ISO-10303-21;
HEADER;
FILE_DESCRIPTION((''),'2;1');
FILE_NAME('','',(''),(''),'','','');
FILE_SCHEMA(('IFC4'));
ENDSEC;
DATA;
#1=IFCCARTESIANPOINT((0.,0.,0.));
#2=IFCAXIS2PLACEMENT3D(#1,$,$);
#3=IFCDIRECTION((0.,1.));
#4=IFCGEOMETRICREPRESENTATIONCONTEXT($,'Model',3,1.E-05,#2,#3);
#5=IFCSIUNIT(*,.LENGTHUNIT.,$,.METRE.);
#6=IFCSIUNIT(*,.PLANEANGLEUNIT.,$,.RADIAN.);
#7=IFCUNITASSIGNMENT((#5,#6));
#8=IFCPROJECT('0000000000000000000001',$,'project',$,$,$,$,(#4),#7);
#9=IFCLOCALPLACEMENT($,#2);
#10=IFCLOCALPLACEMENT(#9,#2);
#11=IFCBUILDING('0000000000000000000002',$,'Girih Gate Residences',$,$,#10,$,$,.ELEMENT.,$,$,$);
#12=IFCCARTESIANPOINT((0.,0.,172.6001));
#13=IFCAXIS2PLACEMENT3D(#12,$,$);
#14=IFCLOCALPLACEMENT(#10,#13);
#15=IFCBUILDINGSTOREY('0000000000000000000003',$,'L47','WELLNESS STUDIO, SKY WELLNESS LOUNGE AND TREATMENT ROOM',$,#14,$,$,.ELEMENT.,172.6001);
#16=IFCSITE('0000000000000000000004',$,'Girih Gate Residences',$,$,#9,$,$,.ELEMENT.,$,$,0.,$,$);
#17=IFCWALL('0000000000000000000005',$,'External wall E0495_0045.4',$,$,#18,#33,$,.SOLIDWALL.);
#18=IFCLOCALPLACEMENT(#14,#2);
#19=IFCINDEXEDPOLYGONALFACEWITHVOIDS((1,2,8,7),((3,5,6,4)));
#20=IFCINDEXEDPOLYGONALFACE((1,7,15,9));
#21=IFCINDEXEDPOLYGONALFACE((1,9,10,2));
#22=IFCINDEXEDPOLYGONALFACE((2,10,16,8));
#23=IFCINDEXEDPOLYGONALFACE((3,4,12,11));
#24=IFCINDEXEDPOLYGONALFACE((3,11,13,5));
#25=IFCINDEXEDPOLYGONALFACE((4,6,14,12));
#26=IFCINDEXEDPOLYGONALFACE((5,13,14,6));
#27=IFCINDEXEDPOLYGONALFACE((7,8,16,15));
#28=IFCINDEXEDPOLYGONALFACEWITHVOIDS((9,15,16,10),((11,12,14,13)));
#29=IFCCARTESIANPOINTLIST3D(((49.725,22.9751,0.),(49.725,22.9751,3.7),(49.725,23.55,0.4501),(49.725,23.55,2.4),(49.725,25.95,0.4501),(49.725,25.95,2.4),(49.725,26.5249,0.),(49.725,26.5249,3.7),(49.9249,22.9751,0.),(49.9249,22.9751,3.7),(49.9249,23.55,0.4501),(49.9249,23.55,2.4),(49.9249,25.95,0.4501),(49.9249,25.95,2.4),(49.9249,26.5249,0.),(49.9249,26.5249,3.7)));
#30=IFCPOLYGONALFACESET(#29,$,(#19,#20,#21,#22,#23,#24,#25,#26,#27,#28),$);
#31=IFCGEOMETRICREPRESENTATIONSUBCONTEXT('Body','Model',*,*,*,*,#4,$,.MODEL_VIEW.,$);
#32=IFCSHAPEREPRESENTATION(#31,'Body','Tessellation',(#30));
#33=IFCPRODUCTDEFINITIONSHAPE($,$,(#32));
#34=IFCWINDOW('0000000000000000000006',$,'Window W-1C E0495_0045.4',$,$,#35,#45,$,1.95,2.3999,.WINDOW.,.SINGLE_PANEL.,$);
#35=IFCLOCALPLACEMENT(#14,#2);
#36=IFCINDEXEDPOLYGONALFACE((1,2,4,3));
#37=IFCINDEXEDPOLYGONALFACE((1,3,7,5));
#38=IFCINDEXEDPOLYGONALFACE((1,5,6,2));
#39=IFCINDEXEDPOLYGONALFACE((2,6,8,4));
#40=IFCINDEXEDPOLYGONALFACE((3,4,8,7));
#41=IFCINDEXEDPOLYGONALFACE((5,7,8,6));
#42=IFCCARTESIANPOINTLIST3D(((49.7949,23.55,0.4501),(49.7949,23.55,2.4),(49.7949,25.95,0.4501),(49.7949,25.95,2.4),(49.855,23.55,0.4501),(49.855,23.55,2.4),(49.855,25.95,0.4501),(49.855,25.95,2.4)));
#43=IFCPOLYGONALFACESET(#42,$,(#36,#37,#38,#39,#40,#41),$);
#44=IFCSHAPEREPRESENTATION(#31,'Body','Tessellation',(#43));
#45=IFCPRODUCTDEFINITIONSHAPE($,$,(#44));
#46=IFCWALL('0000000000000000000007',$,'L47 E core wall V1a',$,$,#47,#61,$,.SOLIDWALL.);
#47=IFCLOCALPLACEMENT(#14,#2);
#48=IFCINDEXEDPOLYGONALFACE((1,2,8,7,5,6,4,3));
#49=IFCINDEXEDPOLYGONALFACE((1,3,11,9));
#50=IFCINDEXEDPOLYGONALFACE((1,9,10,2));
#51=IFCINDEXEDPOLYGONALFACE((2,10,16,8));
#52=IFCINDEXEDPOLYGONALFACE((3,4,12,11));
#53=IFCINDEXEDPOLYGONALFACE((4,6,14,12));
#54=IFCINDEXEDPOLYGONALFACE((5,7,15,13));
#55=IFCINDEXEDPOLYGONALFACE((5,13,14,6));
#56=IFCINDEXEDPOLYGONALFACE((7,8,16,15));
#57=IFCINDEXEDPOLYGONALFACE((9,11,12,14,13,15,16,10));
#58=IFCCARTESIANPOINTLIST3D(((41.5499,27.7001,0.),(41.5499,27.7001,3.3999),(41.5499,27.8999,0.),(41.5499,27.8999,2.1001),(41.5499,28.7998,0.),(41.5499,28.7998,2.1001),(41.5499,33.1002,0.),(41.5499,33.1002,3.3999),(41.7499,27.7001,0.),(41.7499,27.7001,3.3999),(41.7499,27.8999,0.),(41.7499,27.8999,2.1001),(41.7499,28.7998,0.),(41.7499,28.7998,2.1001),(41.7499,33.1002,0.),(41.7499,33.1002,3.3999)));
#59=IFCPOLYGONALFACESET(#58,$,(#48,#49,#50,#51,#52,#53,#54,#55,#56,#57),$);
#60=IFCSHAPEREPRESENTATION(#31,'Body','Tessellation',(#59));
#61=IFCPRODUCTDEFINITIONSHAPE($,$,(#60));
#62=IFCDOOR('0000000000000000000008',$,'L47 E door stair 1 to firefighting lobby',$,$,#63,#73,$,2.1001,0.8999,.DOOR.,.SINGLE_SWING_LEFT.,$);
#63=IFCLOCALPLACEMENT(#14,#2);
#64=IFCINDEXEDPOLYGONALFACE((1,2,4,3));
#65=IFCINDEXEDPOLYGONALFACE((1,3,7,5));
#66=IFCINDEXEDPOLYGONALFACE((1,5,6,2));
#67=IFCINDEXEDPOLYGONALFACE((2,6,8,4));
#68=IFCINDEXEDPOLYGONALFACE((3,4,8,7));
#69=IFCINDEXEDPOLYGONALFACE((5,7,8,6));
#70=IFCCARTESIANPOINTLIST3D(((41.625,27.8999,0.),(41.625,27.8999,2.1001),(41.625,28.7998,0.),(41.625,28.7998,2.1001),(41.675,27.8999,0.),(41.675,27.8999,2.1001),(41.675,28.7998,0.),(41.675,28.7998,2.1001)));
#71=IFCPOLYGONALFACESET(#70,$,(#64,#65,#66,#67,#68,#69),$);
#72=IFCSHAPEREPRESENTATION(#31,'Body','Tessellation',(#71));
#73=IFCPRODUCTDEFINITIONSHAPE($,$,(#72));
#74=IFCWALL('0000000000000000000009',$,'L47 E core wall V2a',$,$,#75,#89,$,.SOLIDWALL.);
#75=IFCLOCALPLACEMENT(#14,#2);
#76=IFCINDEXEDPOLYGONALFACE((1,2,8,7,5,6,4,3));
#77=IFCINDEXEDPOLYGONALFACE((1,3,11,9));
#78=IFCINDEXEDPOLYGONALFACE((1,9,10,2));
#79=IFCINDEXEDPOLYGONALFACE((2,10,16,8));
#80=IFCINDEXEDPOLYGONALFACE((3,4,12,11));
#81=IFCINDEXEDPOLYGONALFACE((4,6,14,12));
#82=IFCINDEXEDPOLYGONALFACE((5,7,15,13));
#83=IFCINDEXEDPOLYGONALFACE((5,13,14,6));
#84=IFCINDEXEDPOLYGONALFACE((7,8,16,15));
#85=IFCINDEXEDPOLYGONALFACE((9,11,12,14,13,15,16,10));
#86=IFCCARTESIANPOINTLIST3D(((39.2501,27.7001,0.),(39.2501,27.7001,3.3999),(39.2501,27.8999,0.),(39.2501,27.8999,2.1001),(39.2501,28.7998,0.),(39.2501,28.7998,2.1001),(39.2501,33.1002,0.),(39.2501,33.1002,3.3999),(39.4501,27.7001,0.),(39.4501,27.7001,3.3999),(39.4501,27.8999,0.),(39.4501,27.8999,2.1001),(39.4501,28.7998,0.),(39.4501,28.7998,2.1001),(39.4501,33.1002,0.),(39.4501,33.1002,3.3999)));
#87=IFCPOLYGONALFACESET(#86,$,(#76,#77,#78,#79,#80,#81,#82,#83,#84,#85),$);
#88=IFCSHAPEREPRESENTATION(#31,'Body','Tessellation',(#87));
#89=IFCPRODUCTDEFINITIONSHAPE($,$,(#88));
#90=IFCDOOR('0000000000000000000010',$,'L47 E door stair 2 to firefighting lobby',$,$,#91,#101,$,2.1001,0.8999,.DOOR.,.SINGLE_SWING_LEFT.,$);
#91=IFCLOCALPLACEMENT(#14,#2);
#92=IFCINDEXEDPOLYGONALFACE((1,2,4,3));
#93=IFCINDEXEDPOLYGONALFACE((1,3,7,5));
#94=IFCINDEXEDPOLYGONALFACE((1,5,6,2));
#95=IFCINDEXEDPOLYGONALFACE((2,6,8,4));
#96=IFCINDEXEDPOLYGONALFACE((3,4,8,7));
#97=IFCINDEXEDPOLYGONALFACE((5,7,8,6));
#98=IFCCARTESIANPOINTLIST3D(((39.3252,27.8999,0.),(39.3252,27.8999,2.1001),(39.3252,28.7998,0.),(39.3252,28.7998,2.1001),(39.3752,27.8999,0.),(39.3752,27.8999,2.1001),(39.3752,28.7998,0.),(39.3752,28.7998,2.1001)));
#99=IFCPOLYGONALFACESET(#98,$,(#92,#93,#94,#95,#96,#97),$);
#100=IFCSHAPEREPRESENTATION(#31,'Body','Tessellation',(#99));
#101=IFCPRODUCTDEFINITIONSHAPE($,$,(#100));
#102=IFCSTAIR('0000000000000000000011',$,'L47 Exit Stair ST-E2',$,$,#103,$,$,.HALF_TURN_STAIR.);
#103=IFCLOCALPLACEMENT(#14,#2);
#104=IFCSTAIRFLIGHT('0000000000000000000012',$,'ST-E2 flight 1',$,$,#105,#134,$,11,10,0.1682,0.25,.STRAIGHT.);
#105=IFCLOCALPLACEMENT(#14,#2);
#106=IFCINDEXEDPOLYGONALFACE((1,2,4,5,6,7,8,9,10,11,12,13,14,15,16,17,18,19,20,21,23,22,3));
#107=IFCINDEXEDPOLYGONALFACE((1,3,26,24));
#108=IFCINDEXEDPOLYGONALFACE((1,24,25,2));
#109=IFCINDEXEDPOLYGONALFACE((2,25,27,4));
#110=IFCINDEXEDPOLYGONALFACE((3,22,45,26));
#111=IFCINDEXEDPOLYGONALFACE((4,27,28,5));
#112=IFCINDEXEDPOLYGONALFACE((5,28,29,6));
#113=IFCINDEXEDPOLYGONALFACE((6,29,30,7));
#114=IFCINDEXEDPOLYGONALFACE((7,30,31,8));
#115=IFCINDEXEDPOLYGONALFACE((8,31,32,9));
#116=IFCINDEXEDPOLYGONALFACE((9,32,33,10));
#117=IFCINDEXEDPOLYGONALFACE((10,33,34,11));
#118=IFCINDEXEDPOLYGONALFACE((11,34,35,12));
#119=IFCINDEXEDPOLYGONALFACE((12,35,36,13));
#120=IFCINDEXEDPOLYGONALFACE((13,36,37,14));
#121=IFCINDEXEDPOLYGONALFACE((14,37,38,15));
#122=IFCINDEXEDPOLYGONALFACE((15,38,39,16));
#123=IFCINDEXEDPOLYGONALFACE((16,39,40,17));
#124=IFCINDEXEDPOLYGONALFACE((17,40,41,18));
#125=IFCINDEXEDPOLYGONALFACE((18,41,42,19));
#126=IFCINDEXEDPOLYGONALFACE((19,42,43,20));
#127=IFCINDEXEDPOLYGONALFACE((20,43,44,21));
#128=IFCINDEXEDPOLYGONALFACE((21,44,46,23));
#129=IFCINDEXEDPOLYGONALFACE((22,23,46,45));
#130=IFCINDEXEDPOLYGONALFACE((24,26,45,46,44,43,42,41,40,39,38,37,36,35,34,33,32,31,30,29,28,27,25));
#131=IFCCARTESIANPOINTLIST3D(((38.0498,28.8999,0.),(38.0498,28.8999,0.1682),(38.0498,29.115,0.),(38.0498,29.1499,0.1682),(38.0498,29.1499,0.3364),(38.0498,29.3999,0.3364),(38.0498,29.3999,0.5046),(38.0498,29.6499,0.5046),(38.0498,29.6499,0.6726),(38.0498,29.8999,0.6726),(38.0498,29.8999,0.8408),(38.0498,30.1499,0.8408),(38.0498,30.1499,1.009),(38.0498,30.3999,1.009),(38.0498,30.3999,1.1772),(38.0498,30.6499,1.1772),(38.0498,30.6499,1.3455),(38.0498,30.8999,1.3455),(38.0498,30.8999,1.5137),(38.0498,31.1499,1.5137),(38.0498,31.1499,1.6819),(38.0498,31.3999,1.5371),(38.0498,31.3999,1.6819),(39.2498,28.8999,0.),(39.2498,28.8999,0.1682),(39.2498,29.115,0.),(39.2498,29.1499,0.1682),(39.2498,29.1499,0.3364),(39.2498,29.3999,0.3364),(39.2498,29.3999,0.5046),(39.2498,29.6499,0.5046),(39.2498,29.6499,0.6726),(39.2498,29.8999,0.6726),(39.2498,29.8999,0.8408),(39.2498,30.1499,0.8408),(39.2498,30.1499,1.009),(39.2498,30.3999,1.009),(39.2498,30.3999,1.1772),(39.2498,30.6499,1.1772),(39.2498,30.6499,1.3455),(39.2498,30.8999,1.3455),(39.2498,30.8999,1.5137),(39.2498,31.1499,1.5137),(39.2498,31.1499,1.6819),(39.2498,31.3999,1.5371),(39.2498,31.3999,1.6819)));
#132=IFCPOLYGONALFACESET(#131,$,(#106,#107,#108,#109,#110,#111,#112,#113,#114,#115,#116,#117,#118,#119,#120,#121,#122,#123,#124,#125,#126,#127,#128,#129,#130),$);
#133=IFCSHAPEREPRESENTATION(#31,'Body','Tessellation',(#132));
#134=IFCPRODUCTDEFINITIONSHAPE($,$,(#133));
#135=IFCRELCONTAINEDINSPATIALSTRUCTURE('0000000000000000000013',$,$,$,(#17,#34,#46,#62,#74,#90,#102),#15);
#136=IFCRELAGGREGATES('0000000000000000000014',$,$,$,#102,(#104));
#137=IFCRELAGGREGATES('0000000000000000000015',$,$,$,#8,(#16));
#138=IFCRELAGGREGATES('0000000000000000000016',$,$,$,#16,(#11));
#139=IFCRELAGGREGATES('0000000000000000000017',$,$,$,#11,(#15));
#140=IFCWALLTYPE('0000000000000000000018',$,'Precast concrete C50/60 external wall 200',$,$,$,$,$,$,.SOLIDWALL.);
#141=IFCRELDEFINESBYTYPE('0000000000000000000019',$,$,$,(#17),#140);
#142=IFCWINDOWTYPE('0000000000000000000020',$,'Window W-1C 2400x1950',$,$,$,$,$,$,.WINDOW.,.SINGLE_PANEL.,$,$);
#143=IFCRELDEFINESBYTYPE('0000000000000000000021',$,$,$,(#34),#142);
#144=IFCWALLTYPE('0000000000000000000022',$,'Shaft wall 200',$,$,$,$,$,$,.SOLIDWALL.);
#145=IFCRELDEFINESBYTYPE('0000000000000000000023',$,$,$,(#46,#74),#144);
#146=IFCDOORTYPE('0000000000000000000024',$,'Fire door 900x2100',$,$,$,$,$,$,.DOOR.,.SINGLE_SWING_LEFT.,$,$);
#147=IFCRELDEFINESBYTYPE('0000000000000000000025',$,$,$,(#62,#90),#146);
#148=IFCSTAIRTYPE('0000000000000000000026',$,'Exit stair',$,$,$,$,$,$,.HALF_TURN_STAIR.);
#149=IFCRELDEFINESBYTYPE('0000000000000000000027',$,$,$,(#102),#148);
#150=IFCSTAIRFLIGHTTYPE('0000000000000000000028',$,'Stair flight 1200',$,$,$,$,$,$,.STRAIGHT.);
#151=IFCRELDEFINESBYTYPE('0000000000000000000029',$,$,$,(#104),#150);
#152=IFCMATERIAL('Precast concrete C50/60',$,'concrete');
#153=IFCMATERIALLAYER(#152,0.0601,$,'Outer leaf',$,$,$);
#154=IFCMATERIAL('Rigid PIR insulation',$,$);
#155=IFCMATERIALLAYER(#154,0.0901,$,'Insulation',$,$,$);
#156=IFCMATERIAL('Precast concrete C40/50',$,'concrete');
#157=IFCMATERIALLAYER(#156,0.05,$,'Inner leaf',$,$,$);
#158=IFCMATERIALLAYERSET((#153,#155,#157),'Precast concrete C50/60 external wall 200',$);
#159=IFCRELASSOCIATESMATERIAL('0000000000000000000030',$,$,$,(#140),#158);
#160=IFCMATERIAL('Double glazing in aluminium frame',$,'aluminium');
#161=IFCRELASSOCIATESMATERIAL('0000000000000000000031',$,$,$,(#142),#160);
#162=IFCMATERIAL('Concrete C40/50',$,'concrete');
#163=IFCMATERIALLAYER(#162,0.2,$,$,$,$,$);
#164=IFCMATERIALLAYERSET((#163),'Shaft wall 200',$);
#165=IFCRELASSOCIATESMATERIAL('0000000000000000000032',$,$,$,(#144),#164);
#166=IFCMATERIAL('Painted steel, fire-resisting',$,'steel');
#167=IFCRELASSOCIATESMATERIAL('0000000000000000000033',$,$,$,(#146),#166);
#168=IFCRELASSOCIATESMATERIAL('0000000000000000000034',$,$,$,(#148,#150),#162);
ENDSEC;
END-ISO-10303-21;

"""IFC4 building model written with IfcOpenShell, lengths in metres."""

from ifc_helpers import new_model, si_unit, direction, frame, frame_2d, origin, place, context, subcontext, project, spatial, polyline, rectangle, outline, extrude, material, layer, layer_set, type_object, element, fill, aggregate, save


model = new_model("IFC4")

# Units and contexts
model_context = context("Model", 3, precision=1e-05, world=origin(), true_north=direction((0.0, 1.0)))
body_context = subcontext(model_context, "Body", "Model", "MODEL_VIEW")
ifc_project = project(units=[si_unit("LENGTHUNIT", "METRE"), si_unit("PLANEANGLEUNIT", "RADIAN")], contexts=[model_context])

# Site, building, storey
site_placement = place(None, origin())
site = spatial("IfcSite", under=ifc_project, at=site_placement, Name="Girih Gate Residences", CompositionType="ELEMENT", RefElevation=0.0)
building_placement = place(site_placement, origin())
building = spatial("IfcBuilding", under=site, at=building_placement, Name="Girih Gate Residences", CompositionType="ELEMENT")
storey_placement = place(building_placement, frame((0.0, 0.0, 172.6001)))
storey = spatial("IfcBuildingStorey", under=building, at=storey_placement, Name="L47", Description="WELLNESS STUDIO, SKY WELLNESS LOUNGE AND TREATMENT ROOM", CompositionType="ELEMENT", Elevation=172.6001)

# Shared definitions
ifc_material_1 = material(Name="Painted steel, fire-resisting", Category="steel")

# Wall, opening, window
ifc_material_2 = material(Name="Precast concrete C50/60", Category="concrete")
ifc_layer_1 = layer(ifc_material_2, 0.0601, Name="Outer leaf")
ifc_material_3 = material(Name="Rigid PIR insulation")
ifc_layer_2 = layer(ifc_material_3, 0.0901, Name="Insulation")
ifc_material_4 = material(Name="Precast concrete C40/50", Category="concrete")
ifc_layer_3 = layer(ifc_material_4, 0.05, Name="Inner leaf")
ifc_layer_set_1 = layer_set([ifc_layer_1, ifc_layer_2, ifc_layer_3], Name="Precast concrete C50/60 external wall 200")
wall_type_1 = type_object("IfcWallType", Name="Precast concrete C50/60 external wall 200", PredefinedType="SOLIDWALL", material=ifc_layer_set_1)
wall_1_placement = place(storey_placement, frame((49.825, 26.5249, 0.0), z_axis=(0.0, 0.0, 1.0), x_axis=(0.0, -1.0, 0.0)))
wall_1 = element("IfcWall", 1, at=wall_1_placement, inside=storey, type_object=wall_type_1, Name="External wall E0495_0045.4", PredefinedType="SOLIDWALL", context=body_context, shape_type="SweptSolid", body=[
    extrude(rectangle(XDim=3.5498, YDim=0.2, at=frame_2d((1.7749, 0.0))), origin(), (0.0, 0.0, 1.0), 3.7),
])
opening_1_placement = place(wall_1_placement, frame((0.575, 0.0, 0.45)))
opening_1 = element("IfcOpeningElement", 2, at=opening_1_placement, cuts=wall_1, PredefinedType="OPENING", context=body_context, shape_type="SweptSolid", body=[
    extrude(rectangle(XDim=2.3999, YDim=1.95, at=frame_2d((1.2, 0.9751))), frame((0.0, 0.1099, 0.0), z_axis=(0.0, -1.0, 0.0), x_axis=(1.0, 0.0, 0.0)), (0.0, 0.0, 1.0), 0.22),
])
ifc_material_5 = material(Name="Double glazing in aluminium frame", Category="aluminium")
window_type = type_object("IfcWindowType", Name="Window W-1C 2400x1950", PartitioningType="SINGLE_PANEL", PredefinedType="WINDOW", material=ifc_material_5)
window_placement = place(opening_1_placement, origin())
window = element("IfcWindow", 3, at=window_placement, inside=storey, type_object=window_type, Name="Window W-1C E0495_0045.4", OverallHeight=1.95, OverallWidth=2.3999, PartitioningType="SINGLE_PANEL", PredefinedType="WINDOW", context=body_context, shape_type="SweptSolid", body=[
    extrude(rectangle(XDim=2.3999, YDim=1.95, at=frame_2d((1.2, 0.9751))), frame((0.0, 0.03, 0.0), z_axis=(0.0, -1.0, 0.0), x_axis=(1.0, 0.0, 0.0)), (0.0, 0.0, 1.0), 0.0601),
])
fill(opening_1, window)

# Walls, openings, doors
ifc_material_6 = material(Name="Concrete C40/50", Category="concrete")
ifc_layer_4 = layer(ifc_material_6, 0.2)
ifc_layer_set_2 = layer_set([ifc_layer_4], Name="Shaft wall 200")
wall_type_2 = type_object("IfcWallType", Name="Shaft wall 200", PredefinedType="SOLIDWALL", material=ifc_layer_set_2)
wall_2_placement = place(storey_placement, frame((41.6499, 27.7, 0.0), z_axis=(0.0, 0.0, 1.0), x_axis=(0.0, 1.0, 0.0)))
wall_2 = element("IfcWall", 4, at=wall_2_placement, inside=storey, type_object=wall_type_2, Name="L47 E core wall V1a", PredefinedType="SOLIDWALL", context=body_context, shape_type="SweptSolid", body=[
    extrude(rectangle(XDim=5.4001, YDim=0.2, at=frame_2d((2.7002, 0.0))), origin(), (0.0, 0.0, 1.0), 3.3999),
])
opening_2_placement = place(wall_2_placement, frame((0.2, 0.0, 0.0)))
opening_2 = element("IfcOpeningElement", 5, at=opening_2_placement, cuts=wall_2, PredefinedType="OPENING", context=body_context, shape_type="SweptSolid", body=[
    extrude(rectangle(XDim=0.8999, YDim=2.1001, at=frame_2d((0.45, 1.05))), frame((0.0, 0.1099, 0.0), z_axis=(0.0, -1.0, 0.0), x_axis=(1.0, 0.0, 0.0)), (0.0, 0.0, 1.0), 0.22),
])
door_type_1 = type_object("IfcDoorType", Name="Fire door 900x2100", OperationType="SINGLE_SWING_LEFT", PredefinedType="DOOR", material=ifc_material_1)
door_1_placement = place(opening_2_placement, origin())
door_1 = element("IfcDoor", 6, at=door_1_placement, inside=storey, type_object=door_type_1, Name="L47 E door stair 1 to firefighting lobby", OperationType="SINGLE_SWING_LEFT", OverallHeight=2.1001, OverallWidth=0.8999, PredefinedType="DOOR", context=body_context, shape_type="SweptSolid", body=[
    extrude(rectangle(XDim=0.8999, YDim=2.1001, at=frame_2d((0.45, 1.05))), frame((0.0, 0.0249, 0.0), z_axis=(0.0, -1.0, 0.0), x_axis=(1.0, 0.0, 0.0)), (0.0, 0.0, 1.0), 0.05),
])
fill(opening_2, door_1)
wall_3_placement = place(storey_placement, frame((39.3501, 27.7, 0.0), z_axis=(0.0, 0.0, 1.0), x_axis=(0.0, 1.0, 0.0)))
wall_3 = element("IfcWall", 7, at=wall_3_placement, inside=storey, type_object=wall_type_2, Name="L47 E core wall V2a", PredefinedType="SOLIDWALL", context=body_context, shape_type="SweptSolid", body=[
    extrude(rectangle(XDim=5.4001, YDim=0.2, at=frame_2d((2.7002, 0.0))), origin(), (0.0, 0.0, 1.0), 3.3999),
])
opening_3_placement = place(wall_3_placement, frame((0.2, 0.0, 0.0)))
opening_3 = element("IfcOpeningElement", 8, at=opening_3_placement, cuts=wall_3, PredefinedType="OPENING", context=body_context, shape_type="SweptSolid", body=[
    extrude(rectangle(XDim=0.8999, YDim=2.1001, at=frame_2d((0.45, 1.05))), frame((0.0, 0.1099, 0.0), z_axis=(0.0, -1.0, 0.0), x_axis=(1.0, 0.0, 0.0)), (0.0, 0.0, 1.0), 0.22),
])
door_2_placement = place(opening_3_placement, origin())
door_2 = element("IfcDoor", 9, at=door_2_placement, inside=storey, type_object=door_type_1, Name="L47 E door stair 2 to firefighting lobby", OperationType="SINGLE_SWING_LEFT", OverallHeight=2.1001, OverallWidth=0.8999, PredefinedType="DOOR", context=body_context, shape_type="SweptSolid", body=[
    extrude(rectangle(XDim=0.8999, YDim=2.1001, at=frame_2d((0.45, 1.05))), frame((0.0, 0.0249, 0.0), z_axis=(0.0, -1.0, 0.0), x_axis=(1.0, 0.0, 0.0)), (0.0, 0.0, 1.0), 0.05),
])
fill(opening_3, door_2)

# Stair, stair flight
stair_type = type_object("IfcStairType", Name="Exit stair", PredefinedType="HALF_TURN_STAIR", material=ifc_material_6)
stair_placement = place(storey_placement, origin())
stair = element("IfcStair", 10, at=stair_placement, inside=storey, type_object=stair_type, Name="L47 Exit Stair ST-E2", PredefinedType="HALF_TURN_STAIR")
stair_flight_type = type_object("IfcStairFlightType", Name="Stair flight 1200", PredefinedType="STRAIGHT", material=ifc_material_6)
stair_flight_placement = place(storey_placement, frame((38.6499, 28.8999, 0.0), z_axis=(0.0, 0.0, 1.0), x_axis=(0.0, 1.0, 0.0)))
stair_flight = element("IfcStairFlight", 11, at=stair_flight_placement, type_object=stair_flight_type, Name="ST-E2 flight 1", NumberOfRisers=11, NumberOfTreads=10, PredefinedType="STRAIGHT", RiserHeight=0.1682, TreadLength=0.25, context=body_context, shape_type="SweptSolid", body=[
    extrude(outline(polyline([(0.0, 0.0), (0.0, 0.1682), (0.25, 0.1682), (0.25, 0.3364), (0.5, 0.3364), (0.5, 0.5046), (0.75, 0.5046), (0.75, 0.6726), (1.0, 0.6726), (1.0, 0.8408), (1.25, 0.8408), (1.25, 1.009), (1.5, 1.009), (1.5, 1.1772), (1.75, 1.1772), (1.75, 1.3455), (2.0, 1.3455), (2.0, 1.5137), (2.25, 1.5137), (2.25, 1.6819), (2.5, 1.6819), (2.5, 1.8501), (2.5, 1.5371), (0.2151, 0.0), (0.0, 0.0)])), frame((0.0, 0.6001, 0.0), z_axis=(0.0, -1.0, 0.0), x_axis=(1.0, 0.0, 0.0)), (0.0, 0.0, 1.0), 1.2),
])
aggregate(stair, [stair_flight])

save(model, "model.ifc")
